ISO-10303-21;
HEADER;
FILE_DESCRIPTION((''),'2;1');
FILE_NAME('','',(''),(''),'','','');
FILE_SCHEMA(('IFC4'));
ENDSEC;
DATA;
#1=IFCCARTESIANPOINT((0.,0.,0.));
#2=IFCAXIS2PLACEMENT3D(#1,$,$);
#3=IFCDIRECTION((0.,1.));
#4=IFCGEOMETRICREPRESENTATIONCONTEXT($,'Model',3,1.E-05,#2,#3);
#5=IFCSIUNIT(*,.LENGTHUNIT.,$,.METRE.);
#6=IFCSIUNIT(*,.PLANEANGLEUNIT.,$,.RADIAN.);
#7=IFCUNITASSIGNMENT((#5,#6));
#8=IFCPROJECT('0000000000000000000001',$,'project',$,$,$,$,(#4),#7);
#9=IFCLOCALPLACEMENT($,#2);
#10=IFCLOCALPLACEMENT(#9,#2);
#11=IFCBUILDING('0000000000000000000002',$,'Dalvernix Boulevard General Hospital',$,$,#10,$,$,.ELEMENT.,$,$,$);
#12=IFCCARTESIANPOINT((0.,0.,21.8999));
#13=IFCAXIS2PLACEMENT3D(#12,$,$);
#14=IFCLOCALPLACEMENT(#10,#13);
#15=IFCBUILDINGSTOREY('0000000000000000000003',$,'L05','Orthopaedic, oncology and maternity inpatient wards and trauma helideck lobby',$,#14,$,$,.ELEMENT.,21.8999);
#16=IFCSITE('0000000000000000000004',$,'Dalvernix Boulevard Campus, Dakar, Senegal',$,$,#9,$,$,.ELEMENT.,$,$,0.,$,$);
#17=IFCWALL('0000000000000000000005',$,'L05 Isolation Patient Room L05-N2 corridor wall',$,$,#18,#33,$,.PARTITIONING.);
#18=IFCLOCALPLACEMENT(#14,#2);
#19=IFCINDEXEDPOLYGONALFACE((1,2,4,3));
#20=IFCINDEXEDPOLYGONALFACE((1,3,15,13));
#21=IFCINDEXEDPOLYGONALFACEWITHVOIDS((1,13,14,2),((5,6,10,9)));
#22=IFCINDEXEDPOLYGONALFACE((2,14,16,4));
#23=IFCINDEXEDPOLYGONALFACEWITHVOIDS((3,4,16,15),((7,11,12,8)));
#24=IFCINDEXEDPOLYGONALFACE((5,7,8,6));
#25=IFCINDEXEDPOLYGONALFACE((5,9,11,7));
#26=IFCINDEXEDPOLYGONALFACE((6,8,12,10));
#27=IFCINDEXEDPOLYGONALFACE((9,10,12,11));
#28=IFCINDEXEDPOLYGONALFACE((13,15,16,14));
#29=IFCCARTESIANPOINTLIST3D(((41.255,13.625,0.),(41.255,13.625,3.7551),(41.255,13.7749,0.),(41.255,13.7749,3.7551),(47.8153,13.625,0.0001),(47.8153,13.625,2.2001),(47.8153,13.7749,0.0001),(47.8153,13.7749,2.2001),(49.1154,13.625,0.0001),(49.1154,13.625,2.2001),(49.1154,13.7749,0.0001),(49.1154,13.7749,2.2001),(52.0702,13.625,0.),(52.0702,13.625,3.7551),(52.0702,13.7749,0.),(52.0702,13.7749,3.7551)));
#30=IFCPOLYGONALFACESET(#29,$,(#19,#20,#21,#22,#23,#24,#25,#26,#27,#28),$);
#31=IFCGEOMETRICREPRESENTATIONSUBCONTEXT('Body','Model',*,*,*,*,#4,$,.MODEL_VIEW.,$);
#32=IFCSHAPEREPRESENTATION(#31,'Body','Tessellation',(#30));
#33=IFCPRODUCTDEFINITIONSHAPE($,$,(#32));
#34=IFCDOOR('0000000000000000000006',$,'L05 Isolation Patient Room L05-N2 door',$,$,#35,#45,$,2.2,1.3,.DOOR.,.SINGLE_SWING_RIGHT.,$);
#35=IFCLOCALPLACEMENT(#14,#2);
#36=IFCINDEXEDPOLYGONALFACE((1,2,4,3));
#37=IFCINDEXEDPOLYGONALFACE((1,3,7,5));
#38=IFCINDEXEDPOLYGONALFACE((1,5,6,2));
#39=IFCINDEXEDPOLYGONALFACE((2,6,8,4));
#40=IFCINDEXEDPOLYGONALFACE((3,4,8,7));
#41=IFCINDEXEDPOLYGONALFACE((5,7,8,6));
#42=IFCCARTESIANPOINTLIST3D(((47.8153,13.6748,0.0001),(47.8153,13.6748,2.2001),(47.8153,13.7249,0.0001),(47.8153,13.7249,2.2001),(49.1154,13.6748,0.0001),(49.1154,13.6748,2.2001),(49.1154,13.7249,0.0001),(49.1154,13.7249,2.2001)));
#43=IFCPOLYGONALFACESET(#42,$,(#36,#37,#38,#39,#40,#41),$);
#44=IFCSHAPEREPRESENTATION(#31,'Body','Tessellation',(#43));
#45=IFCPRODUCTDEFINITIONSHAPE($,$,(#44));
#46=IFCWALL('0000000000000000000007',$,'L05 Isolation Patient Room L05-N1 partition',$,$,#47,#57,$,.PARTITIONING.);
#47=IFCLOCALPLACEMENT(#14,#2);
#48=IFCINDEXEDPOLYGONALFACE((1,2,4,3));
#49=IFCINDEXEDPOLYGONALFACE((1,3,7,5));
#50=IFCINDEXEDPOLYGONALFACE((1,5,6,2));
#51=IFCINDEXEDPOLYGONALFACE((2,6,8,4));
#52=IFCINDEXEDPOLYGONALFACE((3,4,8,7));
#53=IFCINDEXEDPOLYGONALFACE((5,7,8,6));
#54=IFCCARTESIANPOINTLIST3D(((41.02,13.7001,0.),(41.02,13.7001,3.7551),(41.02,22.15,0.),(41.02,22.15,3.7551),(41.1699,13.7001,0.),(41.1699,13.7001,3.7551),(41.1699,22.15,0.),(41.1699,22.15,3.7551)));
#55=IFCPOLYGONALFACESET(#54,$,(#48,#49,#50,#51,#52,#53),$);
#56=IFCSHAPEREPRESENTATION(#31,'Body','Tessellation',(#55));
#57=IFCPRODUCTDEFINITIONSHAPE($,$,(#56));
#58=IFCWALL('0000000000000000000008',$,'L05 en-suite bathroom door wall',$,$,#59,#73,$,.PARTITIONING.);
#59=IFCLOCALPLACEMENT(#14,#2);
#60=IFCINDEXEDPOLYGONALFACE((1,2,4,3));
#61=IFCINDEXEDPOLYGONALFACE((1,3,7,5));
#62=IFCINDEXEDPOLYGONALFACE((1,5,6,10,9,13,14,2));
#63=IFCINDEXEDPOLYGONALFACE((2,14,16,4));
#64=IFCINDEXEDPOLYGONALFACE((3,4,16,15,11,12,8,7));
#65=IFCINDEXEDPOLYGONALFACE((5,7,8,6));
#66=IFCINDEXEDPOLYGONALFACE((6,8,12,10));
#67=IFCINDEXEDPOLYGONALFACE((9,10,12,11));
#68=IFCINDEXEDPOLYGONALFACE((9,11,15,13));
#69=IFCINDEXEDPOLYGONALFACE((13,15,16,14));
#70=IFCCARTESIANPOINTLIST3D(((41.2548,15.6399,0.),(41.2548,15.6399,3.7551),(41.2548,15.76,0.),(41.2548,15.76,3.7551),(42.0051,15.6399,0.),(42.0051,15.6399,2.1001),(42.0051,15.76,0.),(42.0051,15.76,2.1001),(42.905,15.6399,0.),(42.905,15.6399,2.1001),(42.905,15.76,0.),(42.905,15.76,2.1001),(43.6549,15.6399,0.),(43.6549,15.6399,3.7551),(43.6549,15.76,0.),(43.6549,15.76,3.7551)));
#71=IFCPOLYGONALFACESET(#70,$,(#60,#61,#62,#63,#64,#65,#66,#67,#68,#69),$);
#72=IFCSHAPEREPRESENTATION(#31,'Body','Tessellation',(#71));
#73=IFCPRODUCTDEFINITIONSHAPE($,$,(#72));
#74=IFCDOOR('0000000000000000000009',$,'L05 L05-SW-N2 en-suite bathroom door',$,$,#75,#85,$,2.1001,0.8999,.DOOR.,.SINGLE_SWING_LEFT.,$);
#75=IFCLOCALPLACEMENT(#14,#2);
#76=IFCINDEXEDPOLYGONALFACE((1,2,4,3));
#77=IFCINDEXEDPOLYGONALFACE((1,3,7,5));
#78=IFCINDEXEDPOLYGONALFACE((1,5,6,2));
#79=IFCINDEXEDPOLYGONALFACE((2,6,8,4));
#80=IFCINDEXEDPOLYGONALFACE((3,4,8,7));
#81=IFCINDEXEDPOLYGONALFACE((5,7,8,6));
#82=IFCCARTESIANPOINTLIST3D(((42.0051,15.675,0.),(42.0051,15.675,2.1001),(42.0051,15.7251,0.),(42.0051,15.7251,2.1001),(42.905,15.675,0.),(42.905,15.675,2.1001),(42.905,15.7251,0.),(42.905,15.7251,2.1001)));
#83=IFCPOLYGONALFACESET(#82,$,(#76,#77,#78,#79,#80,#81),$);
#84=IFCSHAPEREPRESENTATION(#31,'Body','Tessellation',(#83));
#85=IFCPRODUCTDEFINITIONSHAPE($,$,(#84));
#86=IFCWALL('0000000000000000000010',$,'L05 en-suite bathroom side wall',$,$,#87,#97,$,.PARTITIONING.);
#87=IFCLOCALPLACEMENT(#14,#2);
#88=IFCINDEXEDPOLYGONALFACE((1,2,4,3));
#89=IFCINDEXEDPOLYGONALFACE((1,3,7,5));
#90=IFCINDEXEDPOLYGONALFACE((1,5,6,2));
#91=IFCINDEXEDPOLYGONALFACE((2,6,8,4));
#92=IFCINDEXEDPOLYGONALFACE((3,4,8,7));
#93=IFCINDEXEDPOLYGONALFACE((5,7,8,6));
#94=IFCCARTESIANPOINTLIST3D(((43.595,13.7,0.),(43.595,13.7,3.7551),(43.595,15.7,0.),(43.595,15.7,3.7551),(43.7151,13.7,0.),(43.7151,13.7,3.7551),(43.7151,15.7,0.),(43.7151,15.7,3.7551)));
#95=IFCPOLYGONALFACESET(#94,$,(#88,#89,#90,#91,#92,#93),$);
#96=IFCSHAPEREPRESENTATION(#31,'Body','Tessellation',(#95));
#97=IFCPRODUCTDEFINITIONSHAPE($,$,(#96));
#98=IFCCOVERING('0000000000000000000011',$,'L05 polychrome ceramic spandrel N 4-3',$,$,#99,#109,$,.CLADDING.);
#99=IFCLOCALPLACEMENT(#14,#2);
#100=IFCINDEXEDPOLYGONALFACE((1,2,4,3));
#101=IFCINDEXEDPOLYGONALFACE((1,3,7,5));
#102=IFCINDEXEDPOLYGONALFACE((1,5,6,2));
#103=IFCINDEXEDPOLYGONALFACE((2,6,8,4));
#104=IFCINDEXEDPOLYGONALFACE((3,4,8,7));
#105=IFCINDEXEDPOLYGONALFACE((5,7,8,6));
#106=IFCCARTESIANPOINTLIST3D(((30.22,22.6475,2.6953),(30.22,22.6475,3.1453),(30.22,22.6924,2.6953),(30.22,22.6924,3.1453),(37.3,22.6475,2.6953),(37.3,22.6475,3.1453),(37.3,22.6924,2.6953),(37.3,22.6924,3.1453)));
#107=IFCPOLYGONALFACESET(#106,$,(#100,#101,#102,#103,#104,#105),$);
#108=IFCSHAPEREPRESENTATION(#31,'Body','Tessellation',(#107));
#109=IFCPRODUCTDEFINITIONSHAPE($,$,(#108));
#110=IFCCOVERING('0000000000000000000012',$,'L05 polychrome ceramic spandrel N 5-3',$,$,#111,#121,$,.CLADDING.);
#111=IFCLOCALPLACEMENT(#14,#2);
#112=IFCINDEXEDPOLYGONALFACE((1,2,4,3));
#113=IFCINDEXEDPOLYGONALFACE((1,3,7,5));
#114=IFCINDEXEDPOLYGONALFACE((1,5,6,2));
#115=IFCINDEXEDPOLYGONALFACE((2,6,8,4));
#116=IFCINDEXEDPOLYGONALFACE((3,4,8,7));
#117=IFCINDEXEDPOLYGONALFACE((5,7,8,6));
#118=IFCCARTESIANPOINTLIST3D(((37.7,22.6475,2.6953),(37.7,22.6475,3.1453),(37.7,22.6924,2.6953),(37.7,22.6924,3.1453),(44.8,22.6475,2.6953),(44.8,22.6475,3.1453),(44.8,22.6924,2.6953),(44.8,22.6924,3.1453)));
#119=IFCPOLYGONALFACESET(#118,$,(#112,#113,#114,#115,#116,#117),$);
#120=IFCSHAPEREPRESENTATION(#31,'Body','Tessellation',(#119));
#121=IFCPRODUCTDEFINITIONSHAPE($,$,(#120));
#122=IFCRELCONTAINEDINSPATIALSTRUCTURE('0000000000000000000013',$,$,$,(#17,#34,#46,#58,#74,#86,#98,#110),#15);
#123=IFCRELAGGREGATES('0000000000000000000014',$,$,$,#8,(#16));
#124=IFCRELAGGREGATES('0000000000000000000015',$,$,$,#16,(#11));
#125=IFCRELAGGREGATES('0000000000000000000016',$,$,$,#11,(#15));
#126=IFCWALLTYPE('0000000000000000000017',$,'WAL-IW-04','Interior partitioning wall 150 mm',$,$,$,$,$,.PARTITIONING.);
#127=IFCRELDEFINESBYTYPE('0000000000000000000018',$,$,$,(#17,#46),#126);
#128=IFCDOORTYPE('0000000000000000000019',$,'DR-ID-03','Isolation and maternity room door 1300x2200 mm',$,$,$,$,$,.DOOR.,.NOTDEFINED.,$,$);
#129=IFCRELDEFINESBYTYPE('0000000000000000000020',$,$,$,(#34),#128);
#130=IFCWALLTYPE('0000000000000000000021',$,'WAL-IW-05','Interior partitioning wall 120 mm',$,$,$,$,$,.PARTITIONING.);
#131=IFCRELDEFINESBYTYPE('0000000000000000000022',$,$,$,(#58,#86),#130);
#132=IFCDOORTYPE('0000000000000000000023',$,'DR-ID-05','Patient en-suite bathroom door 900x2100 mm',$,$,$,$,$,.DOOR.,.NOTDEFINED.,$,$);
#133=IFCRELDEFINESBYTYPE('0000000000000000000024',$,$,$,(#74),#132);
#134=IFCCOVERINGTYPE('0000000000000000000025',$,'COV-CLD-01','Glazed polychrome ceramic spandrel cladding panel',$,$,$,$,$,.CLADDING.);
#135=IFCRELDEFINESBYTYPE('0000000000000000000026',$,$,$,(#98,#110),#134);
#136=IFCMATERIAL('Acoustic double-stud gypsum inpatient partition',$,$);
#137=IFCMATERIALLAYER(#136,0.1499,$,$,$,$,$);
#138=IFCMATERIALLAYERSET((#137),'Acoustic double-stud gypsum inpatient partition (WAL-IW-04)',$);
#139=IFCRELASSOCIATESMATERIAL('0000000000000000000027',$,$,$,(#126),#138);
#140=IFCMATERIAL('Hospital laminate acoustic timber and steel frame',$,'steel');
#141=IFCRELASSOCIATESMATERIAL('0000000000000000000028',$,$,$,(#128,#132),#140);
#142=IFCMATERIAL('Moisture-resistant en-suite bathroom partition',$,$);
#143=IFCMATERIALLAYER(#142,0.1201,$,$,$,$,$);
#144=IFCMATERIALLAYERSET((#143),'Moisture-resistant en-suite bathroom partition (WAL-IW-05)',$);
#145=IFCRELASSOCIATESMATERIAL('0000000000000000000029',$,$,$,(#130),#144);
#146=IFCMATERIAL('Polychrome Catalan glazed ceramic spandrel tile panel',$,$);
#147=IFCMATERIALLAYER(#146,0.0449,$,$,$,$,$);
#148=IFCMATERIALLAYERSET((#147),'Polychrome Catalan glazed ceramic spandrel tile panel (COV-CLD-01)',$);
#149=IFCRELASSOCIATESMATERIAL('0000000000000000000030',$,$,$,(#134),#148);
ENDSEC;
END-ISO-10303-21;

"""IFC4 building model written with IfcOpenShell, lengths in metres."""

from ifc_helpers import new_model, si_unit, direction, frame, frame_2d, origin, origin_2d, place, context, subcontext, project, spatial, rectangle, extrude, material, layer, layer_set, type_object, element, fill, save


model = new_model("IFC4")

# Units and contexts
model_context = context("Model", 3, precision=1e-05, world=origin(), true_north=direction((0.0, 1.0)))
body_context = subcontext(model_context, "Body", "Model", "MODEL_VIEW")
ifc_project = project(units=[si_unit("LENGTHUNIT", "METRE"), si_unit("PLANEANGLEUNIT", "RADIAN")], contexts=[model_context])

# Site, building, storey
site_placement = place(None, origin())
site = spatial("IfcSite", under=ifc_project, at=site_placement, Name="Dalvernix Boulevard Campus, Dakar, Senegal", CompositionType="ELEMENT", RefElevation=0.0)
building_placement = place(site_placement, origin())
building = spatial("IfcBuilding", under=site, at=building_placement, Name="Dalvernix Boulevard General Hospital", CompositionType="ELEMENT")
storey_placement = place(building_placement, frame((0.0, 0.0, 21.8999)))
storey = spatial("IfcBuildingStorey", under=building, at=storey_placement, Name="L05", Description="Orthopaedic, oncology and maternity inpatient wards and trauma helideck lobby", CompositionType="ELEMENT", Elevation=21.8999)

# Wall, opening, door
ifc_material_1 = material(Name="Acoustic double-stud gypsum inpatient partition")
ifc_layer_1 = layer(ifc_material_1, 0.1499)
ifc_layer_set_1 = layer_set([ifc_layer_1], Name="Acoustic double-stud gypsum inpatient partition (WAL-IW-04)")
wall_type_1 = type_object("IfcWallType", Name="WAL-IW-04", Description="Interior partitioning wall 150 mm", PredefinedType="PARTITIONING", material=ifc_layer_set_1)
ifc_material_2 = material(Name="Hospital laminate acoustic timber and steel frame", Category="steel")
wall_1_placement = place(storey_placement, frame((41.2549, 13.7, 0.0), z_axis=(0.0, 0.0, 1.0), x_axis=(1.0, 0.0, 0.0)))
wall_1 = element("IfcWall", 1, at=wall_1_placement, inside=storey, type_object=wall_type_1, Name="L05 Isolation Patient Room L05-N2 corridor wall", PredefinedType="PARTITIONING", context=body_context, shape_type="SweptSolid", body=[
    extrude(rectangle(XDim=10.8152, YDim=0.1499, at=frame_2d((5.4077, 0.0))), origin(), (0.0, 0.0, 1.0), 3.7551),
])
opening_1_placement = place(wall_1_placement, frame((6.5605, 0.0, 0.0)))
opening_1 = element("IfcOpeningElement", 2, at=opening_1_placement, cuts=wall_1, PredefinedType="OPENING", context=body_context, shape_type="SweptSolid", body=[
    extrude(rectangle(XDim=1.3, YDim=2.2, at=frame_2d((0.6499, 1.1001))), frame((0.0, 0.085, 0.0), z_axis=(0.0, -1.0, 0.0), x_axis=(1.0, 0.0, 0.0)), (0.0, 0.0, 1.0), 0.1699),
])
door_type_1 = type_object("IfcDoorType", Name="DR-ID-03", Description="Isolation and maternity room door 1300x2200 mm", OperationType="NOTDEFINED", PredefinedType="DOOR", material=ifc_material_2)
door_1_placement = place(opening_1_placement, origin())
door_1 = element("IfcDoor", 3, at=door_1_placement, inside=storey, type_object=door_type_1, Name="L05 Isolation Patient Room L05-N2 door", OperationType="SINGLE_SWING_RIGHT", OverallHeight=2.2, OverallWidth=1.3, PredefinedType="DOOR", context=body_context, shape_type="SweptSolid", body=[
    extrude(rectangle(XDim=1.3, YDim=2.2, at=frame_2d((0.6499, 1.1001))), frame((0.0, 0.0249, 0.0), z_axis=(0.0, -1.0, 0.0), x_axis=(1.0, 0.0, 0.0)), (0.0, 0.0, 1.0), 0.05),
])
fill(opening_1, door_1)

# Wall
wall_2_placement = place(storey_placement, frame((41.095, 13.7, 0.0), z_axis=(0.0, 0.0, 1.0), x_axis=(0.0, 1.0, 0.0)))
element("IfcWall", 4, at=wall_2_placement, inside=storey, type_object=wall_type_1, Name="L05 Isolation Patient Room L05-N1 partition", PredefinedType="PARTITIONING", context=body_context, shape_type="SweptSolid", body=[
    extrude(rectangle(XDim=8.45, YDim=0.1499, at=frame_2d((4.2251, 0.0))), origin(), (0.0, 0.0, 1.0), 3.7551),
])

# Wall, opening, door
ifc_material_3 = material(Name="Moisture-resistant en-suite bathroom partition")
ifc_layer_2 = layer(ifc_material_3, 0.1201)
ifc_layer_set_2 = layer_set([ifc_layer_2], Name="Moisture-resistant en-suite bathroom partition (WAL-IW-05)")
wall_type_2 = type_object("IfcWallType", Name="WAL-IW-05", Description="Interior partitioning wall 120 mm", PredefinedType="PARTITIONING", material=ifc_layer_set_2)
wall_3_placement = place(storey_placement, frame((43.655, 15.7, 0.0), z_axis=(0.0, 0.0, 1.0), x_axis=(-1.0, 0.0, 0.0)))
wall_3 = element("IfcWall", 5, at=wall_3_placement, inside=storey, type_object=wall_type_2, Name="L05 en-suite bathroom door wall", PredefinedType="PARTITIONING", context=body_context, shape_type="SweptSolid", body=[
    extrude(rectangle(XDim=2.4001, YDim=0.1201, at=frame_2d((1.2002, 0.0))), origin(), (0.0, 0.0, 1.0), 3.7551),
])
opening_2_placement = place(wall_3_placement, frame((0.75, 0.0, 0.0)))
opening_2 = element("IfcOpeningElement", 6, at=opening_2_placement, cuts=wall_3, PredefinedType="OPENING", context=body_context, shape_type="SweptSolid", body=[
    extrude(rectangle(XDim=0.8999, YDim=2.1001, at=frame_2d((0.45, 1.05))), frame((0.0, 0.0701, 0.0), z_axis=(0.0, -1.0, 0.0), x_axis=(1.0, 0.0, 0.0)), (0.0, 0.0, 1.0), 0.1401),
])
door_type_2 = type_object("IfcDoorType", Name="DR-ID-05", Description="Patient en-suite bathroom door 900x2100 mm", OperationType="NOTDEFINED", PredefinedType="DOOR", material=ifc_material_2)
door_2_placement = place(opening_2_placement, origin())
door_2 = element("IfcDoor", 7, at=door_2_placement, inside=storey, type_object=door_type_2, Name="L05 L05-SW-N2 en-suite bathroom door", OperationType="SINGLE_SWING_LEFT", OverallHeight=2.1001, OverallWidth=0.8999, PredefinedType="DOOR", context=body_context, shape_type="SweptSolid", body=[
    extrude(rectangle(XDim=0.8999, YDim=2.1001, at=frame_2d((0.45, 1.05))), frame((0.0, 0.0249, 0.0), z_axis=(0.0, -1.0, 0.0), x_axis=(1.0, 0.0, 0.0)), (0.0, 0.0, 1.0), 0.05),
])
fill(opening_2, door_2)

# Wall
wall_4_placement = place(storey_placement, frame((43.655, 13.7, 0.0), z_axis=(0.0, 0.0, 1.0), x_axis=(0.0, 1.0, 0.0)))
element("IfcWall", 8, at=wall_4_placement, inside=storey, type_object=wall_type_2, Name="L05 en-suite bathroom side wall", PredefinedType="PARTITIONING", context=body_context, shape_type="SweptSolid", body=[
    extrude(rectangle(XDim=2.0, YDim=0.1201, at=frame_2d((1.0, 0.0))), origin(), (0.0, 0.0, 1.0), 3.7551),
])

# Coverings
ifc_material_4 = material(Name="Polychrome Catalan glazed ceramic spandrel tile panel")
ifc_layer_3 = layer(ifc_material_4, 0.0449)
ifc_layer_set_3 = layer_set([ifc_layer_3], Name="Polychrome Catalan glazed ceramic spandrel tile panel (COV-CLD-01)")
covering_type = type_object("IfcCoveringType", Name="COV-CLD-01", Description="Glazed polychrome ceramic spandrel cladding panel", PredefinedType="CLADDING", material=ifc_layer_set_3)
covering_1_placement = place(storey_placement, frame((33.76, 22.6699, 2.6953), z_axis=(0.0, 0.0, 1.0), x_axis=(1.0, 0.0, 0.0)))
element("IfcCovering", 9, at=covering_1_placement, inside=storey, type_object=covering_type, Name="L05 polychrome ceramic spandrel N 4-3", PredefinedType="CLADDING", context=body_context, shape_type="SweptSolid", body=[
    extrude(rectangle(XDim=7.0801, YDim=0.0449, at=origin_2d()), origin(), (0.0, 0.0, 1.0), 0.45),
])
covering_2_placement = place(storey_placement, frame((41.25, 22.6699, 2.6953), z_axis=(0.0, 0.0, 1.0), x_axis=(1.0, 0.0, 0.0)))
element("IfcCovering", 10, at=covering_2_placement, inside=storey, type_object=covering_type, Name="L05 polychrome ceramic spandrel N 5-3", PredefinedType="CLADDING", context=body_context, shape_type="SweptSolid", body=[
    extrude(rectangle(XDim=7.1001, YDim=0.0449, at=origin_2d()), origin(), (0.0, 0.0, 1.0), 0.45),
])

save(model, "model.ifc")
